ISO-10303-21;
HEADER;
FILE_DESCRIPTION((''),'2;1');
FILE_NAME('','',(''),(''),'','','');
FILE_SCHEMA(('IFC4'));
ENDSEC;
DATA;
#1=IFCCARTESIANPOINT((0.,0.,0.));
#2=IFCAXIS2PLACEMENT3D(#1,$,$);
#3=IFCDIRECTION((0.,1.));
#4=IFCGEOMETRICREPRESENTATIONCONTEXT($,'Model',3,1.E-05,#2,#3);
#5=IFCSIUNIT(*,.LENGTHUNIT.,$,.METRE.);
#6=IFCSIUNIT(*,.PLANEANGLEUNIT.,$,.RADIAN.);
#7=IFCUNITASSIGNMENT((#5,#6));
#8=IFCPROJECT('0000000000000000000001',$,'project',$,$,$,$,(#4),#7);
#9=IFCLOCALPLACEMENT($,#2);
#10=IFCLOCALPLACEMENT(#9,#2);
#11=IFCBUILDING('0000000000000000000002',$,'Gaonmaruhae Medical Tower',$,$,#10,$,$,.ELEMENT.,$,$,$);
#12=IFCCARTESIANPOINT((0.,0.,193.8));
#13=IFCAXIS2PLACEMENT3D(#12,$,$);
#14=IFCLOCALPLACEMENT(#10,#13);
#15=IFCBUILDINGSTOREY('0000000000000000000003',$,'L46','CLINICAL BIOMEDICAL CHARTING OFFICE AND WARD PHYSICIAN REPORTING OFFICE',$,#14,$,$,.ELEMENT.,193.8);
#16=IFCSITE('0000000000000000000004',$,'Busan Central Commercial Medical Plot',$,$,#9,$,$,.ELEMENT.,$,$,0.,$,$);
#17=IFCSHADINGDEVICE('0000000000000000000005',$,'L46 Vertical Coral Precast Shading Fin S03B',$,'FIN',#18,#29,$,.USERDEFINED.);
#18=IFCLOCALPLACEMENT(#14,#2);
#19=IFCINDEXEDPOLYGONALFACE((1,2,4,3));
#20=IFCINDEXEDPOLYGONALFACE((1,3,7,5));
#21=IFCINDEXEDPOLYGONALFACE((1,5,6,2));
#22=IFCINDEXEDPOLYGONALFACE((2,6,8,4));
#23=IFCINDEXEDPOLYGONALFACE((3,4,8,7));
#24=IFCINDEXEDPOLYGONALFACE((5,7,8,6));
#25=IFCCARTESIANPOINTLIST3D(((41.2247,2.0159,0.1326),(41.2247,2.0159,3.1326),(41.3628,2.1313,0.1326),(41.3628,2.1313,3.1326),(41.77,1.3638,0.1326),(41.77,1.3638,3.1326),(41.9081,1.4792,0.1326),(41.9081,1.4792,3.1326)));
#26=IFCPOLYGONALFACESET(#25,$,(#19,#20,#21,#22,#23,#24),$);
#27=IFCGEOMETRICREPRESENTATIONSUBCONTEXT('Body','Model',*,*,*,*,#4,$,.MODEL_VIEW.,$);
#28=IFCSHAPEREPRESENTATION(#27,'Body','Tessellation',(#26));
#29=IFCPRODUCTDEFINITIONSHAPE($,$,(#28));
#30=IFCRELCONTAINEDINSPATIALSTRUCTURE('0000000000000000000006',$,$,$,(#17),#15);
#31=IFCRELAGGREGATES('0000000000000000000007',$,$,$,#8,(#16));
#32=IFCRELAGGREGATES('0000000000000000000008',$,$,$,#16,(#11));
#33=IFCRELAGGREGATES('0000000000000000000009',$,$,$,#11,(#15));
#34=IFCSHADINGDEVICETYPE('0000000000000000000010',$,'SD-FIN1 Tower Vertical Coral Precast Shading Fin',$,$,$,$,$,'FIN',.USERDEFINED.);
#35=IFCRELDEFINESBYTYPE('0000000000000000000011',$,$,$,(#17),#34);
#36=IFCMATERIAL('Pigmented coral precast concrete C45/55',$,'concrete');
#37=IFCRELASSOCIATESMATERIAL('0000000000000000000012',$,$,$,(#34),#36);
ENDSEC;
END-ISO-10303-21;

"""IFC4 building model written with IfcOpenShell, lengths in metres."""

from ifc_helpers import new_model, si_unit, direction, frame, origin, origin_2d, place, context, subcontext, project, spatial, rectangle, extrude, material, type_object, element, save


model = new_model("IFC4")

# Units and contexts
model_context = context("Model", 3, precision=1e-05, world=origin(), true_north=direction((0.0, 1.0)))
body_context = subcontext(model_context, "Body", "Model", "MODEL_VIEW")
ifc_project = project(units=[si_unit("LENGTHUNIT", "METRE"), si_unit("PLANEANGLEUNIT", "RADIAN")], contexts=[model_context])

# Site, building, storey
site_placement = place(None, origin())
site = spatial("IfcSite", under=ifc_project, at=site_placement, Name="Busan Central Commercial Medical Plot", CompositionType="ELEMENT", RefElevation=0.0)
building_placement = place(site_placement, origin())
building = spatial("IfcBuilding", under=site, at=building_placement, Name="Gaonmaruhae Medical Tower", CompositionType="ELEMENT")
storey_placement = place(building_placement, frame((0.0, 0.0, 193.8)))
storey = spatial("IfcBuildingStorey", under=building, at=storey_placement, Name="L46", Description="CLINICAL BIOMEDICAL CHARTING OFFICE AND WARD PHYSICIAN REPORTING OFFICE", CompositionType="ELEMENT", Elevation=193.8)

# Shading device
ifc_material_1 = material(Name="Pigmented coral precast concrete C45/55", Category="concrete")
shading_device_type = type_object("IfcShadingDeviceType", Name="SD-FIN1 Tower Vertical Coral Precast Shading Fin", ElementType="FIN", PredefinedType="USERDEFINED", material=ifc_material_1)
shading_device_placement = place(storey_placement, frame((41.5664, 1.7476, 0.1326), z_axis=(0.0, 0.0, 1.0), x_axis=(-0.767154, -0.641463, 0.0)))
element("IfcShadingDevice", 1, at=shading_device_placement, inside=storey, type_object=shading_device_type, Name="L46 Vertical Coral Precast Shading Fin S03B", ObjectType="FIN", PredefinedType="USERDEFINED", context=body_context, shape_type="SweptSolid", body=[
    extrude(rectangle(XDim=0.1799, YDim=0.8501, at=origin_2d()), origin(), (0.0, 0.0, 1.0), 3.0),
])

save(model, "model.ifc")
